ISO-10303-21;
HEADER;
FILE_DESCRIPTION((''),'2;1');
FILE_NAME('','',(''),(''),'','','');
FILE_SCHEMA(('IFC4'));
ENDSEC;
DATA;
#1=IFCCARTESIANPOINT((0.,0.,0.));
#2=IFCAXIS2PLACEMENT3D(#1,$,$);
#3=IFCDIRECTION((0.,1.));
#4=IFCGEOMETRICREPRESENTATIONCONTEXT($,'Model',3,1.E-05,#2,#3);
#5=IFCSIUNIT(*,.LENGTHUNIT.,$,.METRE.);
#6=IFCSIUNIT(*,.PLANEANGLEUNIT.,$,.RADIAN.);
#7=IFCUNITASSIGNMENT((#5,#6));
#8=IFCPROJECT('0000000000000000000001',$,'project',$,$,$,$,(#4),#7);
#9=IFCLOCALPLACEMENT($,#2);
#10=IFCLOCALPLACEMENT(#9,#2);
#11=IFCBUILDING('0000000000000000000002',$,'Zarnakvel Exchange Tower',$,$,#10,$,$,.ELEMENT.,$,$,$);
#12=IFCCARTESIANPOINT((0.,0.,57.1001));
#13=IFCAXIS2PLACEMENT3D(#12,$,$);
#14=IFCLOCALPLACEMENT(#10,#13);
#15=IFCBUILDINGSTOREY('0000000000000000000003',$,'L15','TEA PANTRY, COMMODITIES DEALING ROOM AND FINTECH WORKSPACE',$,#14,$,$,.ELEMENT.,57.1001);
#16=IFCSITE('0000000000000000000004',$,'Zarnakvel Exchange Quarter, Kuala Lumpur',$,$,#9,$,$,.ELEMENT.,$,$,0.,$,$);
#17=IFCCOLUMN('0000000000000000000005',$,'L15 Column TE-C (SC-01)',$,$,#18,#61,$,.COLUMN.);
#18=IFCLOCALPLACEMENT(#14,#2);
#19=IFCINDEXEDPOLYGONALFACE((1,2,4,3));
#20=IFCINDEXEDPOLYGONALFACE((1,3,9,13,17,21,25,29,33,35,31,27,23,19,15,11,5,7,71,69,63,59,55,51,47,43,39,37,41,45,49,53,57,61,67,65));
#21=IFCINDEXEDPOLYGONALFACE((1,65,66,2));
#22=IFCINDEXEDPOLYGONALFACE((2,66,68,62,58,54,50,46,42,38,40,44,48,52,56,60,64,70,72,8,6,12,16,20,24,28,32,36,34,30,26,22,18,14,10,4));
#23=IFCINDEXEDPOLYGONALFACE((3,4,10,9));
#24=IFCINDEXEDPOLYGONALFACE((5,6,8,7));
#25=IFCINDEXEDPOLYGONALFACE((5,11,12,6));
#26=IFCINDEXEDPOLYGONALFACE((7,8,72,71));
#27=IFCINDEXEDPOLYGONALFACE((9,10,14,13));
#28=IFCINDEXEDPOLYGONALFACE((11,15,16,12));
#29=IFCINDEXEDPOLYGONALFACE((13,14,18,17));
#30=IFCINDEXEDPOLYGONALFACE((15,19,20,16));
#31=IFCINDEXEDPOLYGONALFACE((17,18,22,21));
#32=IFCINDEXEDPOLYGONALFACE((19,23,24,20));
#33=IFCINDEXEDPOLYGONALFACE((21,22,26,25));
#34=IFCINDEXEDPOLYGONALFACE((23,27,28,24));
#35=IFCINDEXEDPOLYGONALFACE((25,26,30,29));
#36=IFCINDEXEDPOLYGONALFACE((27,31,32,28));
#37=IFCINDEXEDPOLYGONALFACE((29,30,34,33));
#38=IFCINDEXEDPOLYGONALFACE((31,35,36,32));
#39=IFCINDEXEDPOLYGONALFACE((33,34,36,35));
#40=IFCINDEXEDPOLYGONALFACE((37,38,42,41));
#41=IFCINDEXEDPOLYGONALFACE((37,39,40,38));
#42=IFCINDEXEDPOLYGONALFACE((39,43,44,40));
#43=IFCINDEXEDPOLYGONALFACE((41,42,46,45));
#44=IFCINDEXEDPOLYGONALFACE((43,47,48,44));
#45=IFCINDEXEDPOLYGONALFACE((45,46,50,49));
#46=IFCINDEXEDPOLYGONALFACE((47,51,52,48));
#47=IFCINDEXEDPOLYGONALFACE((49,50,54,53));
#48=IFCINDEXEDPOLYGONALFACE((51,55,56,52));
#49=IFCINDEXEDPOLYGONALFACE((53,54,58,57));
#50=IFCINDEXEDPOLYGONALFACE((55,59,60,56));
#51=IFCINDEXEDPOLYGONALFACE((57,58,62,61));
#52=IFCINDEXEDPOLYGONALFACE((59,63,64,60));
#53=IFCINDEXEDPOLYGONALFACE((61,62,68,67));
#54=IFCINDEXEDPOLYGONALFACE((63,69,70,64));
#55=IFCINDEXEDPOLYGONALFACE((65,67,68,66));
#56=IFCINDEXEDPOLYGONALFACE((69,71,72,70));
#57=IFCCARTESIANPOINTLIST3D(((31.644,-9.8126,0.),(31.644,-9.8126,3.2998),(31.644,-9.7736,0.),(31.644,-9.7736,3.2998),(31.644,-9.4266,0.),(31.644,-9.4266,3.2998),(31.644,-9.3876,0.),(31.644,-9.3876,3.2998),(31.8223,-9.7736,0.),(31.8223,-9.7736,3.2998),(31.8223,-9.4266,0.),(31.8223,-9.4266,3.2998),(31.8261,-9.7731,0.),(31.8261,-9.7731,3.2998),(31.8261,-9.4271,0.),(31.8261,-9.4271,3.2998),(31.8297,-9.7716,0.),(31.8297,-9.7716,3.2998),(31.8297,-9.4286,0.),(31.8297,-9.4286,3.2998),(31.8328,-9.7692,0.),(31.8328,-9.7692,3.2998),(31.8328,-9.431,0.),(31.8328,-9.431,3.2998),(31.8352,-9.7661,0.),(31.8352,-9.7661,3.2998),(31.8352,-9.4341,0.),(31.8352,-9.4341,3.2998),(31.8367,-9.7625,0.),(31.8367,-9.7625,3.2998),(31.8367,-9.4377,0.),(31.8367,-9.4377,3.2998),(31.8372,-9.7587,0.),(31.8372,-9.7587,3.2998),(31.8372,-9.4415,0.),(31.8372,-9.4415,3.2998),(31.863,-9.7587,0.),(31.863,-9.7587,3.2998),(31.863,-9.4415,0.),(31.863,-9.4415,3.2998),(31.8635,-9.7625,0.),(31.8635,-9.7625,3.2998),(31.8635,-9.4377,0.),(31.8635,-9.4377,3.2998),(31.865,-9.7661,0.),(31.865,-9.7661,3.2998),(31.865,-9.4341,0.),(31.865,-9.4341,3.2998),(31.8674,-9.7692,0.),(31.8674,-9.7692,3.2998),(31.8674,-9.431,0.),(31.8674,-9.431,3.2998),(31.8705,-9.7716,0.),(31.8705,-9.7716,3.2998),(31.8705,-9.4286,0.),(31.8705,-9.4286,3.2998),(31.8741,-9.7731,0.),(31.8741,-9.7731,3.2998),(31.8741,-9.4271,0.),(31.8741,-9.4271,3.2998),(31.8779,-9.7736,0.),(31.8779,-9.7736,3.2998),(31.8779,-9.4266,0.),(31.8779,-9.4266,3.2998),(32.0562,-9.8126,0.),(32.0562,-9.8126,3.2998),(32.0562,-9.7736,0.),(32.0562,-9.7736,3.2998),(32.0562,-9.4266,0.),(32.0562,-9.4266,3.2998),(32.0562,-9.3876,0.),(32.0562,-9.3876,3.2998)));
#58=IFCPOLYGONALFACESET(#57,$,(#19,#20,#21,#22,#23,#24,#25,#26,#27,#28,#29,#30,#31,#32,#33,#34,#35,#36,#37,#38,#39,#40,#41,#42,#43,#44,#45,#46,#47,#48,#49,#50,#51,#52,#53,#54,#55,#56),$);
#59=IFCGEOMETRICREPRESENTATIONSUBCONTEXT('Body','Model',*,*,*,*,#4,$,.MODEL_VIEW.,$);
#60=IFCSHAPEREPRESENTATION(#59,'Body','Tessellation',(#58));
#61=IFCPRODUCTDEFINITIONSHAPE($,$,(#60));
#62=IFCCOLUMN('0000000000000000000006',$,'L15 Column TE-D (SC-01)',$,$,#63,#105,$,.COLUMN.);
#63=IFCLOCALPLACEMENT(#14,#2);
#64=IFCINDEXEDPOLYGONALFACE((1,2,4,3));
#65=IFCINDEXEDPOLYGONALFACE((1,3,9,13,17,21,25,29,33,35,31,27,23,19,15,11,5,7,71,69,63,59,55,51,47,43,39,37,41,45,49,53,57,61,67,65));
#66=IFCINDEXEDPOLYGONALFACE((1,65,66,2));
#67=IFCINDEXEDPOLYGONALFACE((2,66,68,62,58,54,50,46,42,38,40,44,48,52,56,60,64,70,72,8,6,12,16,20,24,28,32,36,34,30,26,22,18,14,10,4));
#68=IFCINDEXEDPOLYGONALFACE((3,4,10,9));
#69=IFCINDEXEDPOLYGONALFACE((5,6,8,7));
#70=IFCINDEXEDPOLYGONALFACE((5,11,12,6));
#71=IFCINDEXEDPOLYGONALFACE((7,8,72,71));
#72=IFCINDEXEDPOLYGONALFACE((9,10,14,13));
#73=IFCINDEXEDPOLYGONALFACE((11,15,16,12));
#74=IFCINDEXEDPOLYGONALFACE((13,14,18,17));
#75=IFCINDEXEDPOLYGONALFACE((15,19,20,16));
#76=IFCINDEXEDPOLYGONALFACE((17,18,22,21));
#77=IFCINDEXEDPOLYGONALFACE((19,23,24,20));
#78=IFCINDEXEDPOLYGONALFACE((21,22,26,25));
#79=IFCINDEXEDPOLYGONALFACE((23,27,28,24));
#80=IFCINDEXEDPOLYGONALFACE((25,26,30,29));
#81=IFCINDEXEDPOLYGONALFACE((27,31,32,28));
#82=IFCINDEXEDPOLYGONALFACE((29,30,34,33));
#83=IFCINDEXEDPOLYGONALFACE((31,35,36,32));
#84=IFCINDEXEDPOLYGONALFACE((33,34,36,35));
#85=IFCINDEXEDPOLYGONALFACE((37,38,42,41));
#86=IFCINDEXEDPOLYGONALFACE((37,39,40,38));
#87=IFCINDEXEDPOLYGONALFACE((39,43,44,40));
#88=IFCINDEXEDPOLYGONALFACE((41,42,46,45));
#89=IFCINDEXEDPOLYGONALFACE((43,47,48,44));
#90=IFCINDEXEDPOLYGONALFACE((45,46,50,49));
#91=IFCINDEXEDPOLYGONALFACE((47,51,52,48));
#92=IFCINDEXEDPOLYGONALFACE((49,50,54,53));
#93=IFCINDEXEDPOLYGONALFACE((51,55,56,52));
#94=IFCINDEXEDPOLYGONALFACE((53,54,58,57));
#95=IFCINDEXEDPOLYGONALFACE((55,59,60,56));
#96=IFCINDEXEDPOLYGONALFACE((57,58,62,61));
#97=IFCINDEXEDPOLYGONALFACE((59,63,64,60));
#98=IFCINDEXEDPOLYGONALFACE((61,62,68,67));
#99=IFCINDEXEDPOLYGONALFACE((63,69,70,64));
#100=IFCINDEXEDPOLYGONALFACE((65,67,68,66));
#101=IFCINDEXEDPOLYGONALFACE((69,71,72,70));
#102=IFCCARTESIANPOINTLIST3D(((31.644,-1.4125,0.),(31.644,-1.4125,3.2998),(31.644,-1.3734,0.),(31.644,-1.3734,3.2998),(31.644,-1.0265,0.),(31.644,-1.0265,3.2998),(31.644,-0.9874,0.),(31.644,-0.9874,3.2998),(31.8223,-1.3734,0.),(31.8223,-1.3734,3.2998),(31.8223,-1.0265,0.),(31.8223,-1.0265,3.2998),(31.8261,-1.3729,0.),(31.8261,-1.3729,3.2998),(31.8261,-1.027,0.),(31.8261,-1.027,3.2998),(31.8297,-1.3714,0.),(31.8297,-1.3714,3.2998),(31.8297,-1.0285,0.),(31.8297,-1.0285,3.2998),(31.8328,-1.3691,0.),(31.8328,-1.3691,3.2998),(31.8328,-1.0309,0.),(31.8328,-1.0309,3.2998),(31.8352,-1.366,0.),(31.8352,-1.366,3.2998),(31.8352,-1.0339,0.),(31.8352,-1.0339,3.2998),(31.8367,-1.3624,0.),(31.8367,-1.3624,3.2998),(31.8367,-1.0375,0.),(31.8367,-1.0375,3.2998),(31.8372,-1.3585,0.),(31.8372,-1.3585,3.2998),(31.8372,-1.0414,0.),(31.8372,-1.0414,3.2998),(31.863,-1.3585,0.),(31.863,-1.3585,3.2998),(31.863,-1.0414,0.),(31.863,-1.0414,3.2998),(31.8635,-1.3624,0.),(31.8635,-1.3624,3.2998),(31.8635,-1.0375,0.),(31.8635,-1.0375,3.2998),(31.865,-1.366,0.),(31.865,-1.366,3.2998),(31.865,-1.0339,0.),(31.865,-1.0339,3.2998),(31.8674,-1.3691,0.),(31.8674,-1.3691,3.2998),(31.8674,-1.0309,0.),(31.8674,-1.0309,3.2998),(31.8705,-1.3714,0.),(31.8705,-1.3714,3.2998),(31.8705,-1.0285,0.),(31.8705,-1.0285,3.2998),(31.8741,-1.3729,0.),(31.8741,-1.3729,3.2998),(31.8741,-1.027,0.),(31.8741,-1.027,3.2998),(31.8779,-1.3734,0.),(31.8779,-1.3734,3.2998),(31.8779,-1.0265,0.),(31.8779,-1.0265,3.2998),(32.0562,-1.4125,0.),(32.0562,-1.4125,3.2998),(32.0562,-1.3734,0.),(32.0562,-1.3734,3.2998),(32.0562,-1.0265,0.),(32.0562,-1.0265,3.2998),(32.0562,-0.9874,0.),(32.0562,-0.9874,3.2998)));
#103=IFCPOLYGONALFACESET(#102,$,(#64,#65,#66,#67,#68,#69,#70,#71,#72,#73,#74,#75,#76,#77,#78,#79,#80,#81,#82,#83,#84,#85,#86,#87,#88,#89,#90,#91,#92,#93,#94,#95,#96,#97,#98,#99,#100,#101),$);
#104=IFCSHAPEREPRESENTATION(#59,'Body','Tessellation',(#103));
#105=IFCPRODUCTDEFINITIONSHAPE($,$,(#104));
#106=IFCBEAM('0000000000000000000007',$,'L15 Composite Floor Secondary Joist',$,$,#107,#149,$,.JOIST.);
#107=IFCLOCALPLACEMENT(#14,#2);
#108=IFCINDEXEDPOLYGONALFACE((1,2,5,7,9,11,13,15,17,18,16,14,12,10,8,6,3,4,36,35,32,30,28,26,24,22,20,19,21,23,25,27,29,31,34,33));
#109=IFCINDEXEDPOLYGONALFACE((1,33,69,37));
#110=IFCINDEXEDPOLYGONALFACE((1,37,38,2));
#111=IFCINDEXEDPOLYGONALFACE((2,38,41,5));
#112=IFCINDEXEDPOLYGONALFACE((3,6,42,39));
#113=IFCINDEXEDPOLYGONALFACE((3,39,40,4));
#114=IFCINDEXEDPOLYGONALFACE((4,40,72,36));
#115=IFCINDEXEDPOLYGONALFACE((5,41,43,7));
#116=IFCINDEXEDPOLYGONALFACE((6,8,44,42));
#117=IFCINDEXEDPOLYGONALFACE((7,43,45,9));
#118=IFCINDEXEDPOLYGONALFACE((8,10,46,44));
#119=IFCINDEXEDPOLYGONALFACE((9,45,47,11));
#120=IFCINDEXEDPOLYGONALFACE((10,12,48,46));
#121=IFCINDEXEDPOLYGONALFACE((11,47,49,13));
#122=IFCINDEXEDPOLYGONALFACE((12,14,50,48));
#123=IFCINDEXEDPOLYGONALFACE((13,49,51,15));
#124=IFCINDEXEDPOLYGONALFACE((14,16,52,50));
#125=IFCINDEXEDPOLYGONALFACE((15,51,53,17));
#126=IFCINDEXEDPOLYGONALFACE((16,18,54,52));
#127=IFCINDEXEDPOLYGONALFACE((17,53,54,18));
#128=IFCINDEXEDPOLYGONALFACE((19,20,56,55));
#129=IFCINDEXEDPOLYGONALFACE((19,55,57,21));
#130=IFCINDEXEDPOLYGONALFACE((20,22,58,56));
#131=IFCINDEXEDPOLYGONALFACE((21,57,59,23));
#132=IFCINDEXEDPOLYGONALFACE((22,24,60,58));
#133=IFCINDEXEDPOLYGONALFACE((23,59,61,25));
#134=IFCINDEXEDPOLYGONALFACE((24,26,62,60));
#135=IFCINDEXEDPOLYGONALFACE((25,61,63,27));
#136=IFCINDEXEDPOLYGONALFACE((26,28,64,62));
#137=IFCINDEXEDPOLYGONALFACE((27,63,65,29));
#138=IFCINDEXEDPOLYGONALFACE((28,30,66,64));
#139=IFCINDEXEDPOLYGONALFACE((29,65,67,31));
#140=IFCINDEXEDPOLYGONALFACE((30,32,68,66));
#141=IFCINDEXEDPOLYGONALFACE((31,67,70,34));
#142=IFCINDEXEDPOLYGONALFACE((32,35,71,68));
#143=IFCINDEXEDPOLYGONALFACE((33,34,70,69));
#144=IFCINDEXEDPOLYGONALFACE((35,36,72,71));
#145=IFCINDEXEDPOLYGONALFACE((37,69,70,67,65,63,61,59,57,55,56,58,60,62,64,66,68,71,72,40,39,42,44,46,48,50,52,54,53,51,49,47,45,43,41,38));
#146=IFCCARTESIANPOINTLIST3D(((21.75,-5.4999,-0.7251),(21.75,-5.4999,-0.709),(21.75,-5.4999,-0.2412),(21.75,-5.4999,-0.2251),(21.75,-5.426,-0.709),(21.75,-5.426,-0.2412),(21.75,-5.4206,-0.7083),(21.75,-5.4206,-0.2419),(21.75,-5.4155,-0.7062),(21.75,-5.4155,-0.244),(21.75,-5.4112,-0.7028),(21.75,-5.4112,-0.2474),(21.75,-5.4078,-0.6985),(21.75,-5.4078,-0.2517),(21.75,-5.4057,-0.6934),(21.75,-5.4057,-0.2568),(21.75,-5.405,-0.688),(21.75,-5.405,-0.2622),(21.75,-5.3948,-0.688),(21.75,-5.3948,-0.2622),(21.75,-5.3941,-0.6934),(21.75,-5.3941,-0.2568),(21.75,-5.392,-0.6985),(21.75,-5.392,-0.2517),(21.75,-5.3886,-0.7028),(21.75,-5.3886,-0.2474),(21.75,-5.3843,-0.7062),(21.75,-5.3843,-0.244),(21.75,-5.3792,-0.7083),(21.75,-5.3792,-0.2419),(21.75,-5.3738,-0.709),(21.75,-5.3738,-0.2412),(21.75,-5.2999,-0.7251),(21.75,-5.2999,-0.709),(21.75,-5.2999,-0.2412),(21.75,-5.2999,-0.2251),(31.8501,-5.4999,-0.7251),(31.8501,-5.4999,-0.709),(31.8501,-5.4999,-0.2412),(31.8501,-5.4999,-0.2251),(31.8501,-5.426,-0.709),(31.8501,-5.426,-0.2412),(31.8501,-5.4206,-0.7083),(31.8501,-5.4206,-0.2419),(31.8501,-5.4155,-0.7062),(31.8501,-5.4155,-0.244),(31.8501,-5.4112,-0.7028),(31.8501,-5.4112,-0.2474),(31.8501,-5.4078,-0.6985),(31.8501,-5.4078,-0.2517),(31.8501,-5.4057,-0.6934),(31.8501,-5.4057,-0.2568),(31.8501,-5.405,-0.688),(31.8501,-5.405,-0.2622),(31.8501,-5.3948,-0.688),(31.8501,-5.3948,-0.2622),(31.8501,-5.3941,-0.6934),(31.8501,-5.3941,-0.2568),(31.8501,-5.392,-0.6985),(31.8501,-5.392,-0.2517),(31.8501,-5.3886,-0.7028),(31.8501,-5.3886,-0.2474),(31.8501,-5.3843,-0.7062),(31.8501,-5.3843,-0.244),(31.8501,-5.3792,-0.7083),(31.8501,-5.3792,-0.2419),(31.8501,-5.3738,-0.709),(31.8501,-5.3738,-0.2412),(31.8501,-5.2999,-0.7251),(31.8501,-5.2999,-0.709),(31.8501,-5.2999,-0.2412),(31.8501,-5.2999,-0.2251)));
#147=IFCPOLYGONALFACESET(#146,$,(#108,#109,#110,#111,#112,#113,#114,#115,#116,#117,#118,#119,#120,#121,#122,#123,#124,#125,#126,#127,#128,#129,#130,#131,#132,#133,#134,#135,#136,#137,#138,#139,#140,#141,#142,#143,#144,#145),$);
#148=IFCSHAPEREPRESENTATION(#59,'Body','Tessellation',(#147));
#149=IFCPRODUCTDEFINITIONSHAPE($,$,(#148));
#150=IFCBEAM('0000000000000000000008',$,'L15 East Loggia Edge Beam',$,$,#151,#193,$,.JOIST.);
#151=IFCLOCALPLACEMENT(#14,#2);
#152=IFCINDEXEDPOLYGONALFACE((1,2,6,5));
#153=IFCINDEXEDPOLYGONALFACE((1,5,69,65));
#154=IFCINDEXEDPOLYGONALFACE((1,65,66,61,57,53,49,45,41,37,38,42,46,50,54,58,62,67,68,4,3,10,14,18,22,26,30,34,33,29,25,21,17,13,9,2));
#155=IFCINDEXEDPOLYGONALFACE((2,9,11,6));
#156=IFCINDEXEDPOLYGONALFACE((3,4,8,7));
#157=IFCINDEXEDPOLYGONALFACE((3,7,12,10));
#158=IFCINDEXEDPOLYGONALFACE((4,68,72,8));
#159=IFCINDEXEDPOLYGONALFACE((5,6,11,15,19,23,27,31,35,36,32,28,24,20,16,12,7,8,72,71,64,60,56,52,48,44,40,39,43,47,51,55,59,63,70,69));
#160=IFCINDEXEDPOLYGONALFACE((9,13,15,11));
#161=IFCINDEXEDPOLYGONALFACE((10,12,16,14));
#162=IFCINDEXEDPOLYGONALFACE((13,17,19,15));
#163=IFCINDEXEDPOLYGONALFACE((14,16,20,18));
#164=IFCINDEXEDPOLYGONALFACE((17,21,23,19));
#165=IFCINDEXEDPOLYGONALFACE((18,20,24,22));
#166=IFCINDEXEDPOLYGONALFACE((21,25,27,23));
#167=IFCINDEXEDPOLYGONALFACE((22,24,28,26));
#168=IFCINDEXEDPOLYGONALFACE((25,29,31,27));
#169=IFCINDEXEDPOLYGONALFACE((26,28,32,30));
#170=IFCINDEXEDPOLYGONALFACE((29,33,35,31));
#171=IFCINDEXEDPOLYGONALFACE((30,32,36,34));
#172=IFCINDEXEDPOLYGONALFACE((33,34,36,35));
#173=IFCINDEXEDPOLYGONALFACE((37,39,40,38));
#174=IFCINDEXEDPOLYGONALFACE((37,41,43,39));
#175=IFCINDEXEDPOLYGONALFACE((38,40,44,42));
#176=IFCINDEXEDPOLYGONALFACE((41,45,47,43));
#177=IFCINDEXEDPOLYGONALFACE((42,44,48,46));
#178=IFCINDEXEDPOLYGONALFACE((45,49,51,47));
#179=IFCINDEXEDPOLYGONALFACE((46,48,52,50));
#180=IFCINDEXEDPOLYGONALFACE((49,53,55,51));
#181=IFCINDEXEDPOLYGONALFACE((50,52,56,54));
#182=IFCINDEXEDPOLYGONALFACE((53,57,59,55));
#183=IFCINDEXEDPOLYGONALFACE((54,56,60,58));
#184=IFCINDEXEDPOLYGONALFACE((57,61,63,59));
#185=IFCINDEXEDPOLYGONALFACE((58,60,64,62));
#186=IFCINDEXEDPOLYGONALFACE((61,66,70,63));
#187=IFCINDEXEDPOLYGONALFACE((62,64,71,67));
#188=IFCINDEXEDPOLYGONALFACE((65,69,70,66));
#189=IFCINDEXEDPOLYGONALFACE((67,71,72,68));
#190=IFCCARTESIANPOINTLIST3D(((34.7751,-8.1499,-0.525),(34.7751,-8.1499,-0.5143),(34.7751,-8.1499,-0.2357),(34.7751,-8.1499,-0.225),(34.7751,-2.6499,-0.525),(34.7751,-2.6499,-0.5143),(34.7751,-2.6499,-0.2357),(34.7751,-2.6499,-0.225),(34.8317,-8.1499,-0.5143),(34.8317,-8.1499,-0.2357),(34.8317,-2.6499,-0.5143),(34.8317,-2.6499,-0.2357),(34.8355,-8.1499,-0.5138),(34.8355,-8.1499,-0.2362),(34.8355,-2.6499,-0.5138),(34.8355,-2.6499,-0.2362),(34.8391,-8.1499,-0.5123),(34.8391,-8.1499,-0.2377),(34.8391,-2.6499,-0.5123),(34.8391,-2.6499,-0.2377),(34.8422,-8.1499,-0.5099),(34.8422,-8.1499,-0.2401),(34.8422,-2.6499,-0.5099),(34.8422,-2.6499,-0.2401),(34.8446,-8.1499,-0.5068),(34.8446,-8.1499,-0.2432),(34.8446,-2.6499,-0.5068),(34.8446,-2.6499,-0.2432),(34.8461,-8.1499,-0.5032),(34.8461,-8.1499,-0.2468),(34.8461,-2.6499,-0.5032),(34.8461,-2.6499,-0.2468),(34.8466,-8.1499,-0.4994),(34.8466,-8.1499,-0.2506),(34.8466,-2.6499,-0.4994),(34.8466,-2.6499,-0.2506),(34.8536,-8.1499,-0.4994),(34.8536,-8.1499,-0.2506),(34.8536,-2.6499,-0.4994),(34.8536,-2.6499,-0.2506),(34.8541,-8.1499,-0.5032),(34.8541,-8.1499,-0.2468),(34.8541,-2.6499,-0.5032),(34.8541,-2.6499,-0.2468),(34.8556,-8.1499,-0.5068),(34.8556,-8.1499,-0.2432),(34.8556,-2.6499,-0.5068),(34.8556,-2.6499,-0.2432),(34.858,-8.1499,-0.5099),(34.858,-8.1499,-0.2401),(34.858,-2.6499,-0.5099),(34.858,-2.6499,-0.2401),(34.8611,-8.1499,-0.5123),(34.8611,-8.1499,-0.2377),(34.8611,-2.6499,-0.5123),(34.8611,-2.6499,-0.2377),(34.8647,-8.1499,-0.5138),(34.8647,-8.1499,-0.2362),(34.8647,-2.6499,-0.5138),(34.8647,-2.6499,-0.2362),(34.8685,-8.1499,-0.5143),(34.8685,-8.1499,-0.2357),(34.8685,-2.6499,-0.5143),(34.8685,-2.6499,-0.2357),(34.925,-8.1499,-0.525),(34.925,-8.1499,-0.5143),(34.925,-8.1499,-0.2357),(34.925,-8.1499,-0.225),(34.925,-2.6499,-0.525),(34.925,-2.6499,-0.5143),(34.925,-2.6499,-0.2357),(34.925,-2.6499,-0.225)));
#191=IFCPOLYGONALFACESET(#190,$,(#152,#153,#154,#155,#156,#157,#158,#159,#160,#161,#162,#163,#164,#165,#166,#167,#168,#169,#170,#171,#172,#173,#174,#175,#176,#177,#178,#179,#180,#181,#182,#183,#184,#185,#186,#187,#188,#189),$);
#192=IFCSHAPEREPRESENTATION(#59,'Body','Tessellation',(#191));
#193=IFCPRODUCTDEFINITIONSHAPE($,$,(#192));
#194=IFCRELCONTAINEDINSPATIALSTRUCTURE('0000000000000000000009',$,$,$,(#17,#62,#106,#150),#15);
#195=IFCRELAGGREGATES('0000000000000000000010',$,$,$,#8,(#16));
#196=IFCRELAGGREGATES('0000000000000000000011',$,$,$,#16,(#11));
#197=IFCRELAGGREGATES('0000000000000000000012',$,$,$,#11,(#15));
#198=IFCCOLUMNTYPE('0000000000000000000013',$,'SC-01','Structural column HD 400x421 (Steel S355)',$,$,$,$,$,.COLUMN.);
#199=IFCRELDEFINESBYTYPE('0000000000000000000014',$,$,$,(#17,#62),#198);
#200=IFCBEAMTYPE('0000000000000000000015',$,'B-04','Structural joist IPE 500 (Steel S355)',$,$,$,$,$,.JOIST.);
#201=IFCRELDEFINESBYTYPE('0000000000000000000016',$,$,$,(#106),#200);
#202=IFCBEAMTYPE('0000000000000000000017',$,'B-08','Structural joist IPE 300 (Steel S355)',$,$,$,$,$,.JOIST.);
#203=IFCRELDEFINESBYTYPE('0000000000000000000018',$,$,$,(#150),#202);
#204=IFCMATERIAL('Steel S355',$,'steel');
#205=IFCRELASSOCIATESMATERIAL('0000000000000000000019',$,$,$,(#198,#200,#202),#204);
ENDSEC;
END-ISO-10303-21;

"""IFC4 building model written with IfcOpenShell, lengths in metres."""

from ifc_helpers import new_model, si_unit, direction, frame, origin, origin_2d, place, context, subcontext, project, spatial, i_section, extrude, material, material_profile, profile_set, type_object, element, save


model = new_model("IFC4")

# Units and contexts
model_context = context("Model", 3, precision=1e-05, world=origin(), true_north=direction((0.0, 1.0)))
body_context = subcontext(model_context, "Body", "Model", "MODEL_VIEW")
ifc_project = project(units=[si_unit("LENGTHUNIT", "METRE"), si_unit("PLANEANGLEUNIT", "RADIAN")], contexts=[model_context])

# Site, building, storey
site_placement = place(None, origin())
site = spatial("IfcSite", under=ifc_project, at=site_placement, Name="Zarnakvel Exchange Quarter, Kuala Lumpur", CompositionType="ELEMENT", RefElevation=0.0)
building_placement = place(site_placement, origin())
building = spatial("IfcBuilding", under=site, at=building_placement, Name="Zarnakvel Exchange Tower", CompositionType="ELEMENT")
storey_placement = place(building_placement, frame((0.0, 0.0, 57.1001)))
storey = spatial("IfcBuildingStorey", under=building, at=storey_placement, Name="L15", Description="TEA PANTRY, COMMODITIES DEALING ROOM AND FINTECH WORKSPACE", CompositionType="ELEMENT", Elevation=57.1001)

# Columns
ifc_material_1 = material(Name="Steel S355", Category="steel")
ifc_material_profile_1 = material_profile(ifc_material_1, i_section(OverallWidth=0.4121, OverallDepth=0.425, WebThickness=0.0259, FlangeThickness=0.0391, FilletRadius=0.0149, at=origin_2d()))
ifc_profile_set_1 = profile_set([ifc_material_profile_1], Name="Steel S355")
column_type = type_object("IfcColumnType", Name="SC-01", Description="Structural column HD 400x421 (Steel S355)", PredefinedType="COLUMN", material=ifc_profile_set_1)
for number, where, z_axis, x_axis, name in (
    (1, (31.8501, -9.6001, 0.0), (0.0, 0.0, 1.0), (1.0, 0.0, 0.0), "L15 Column TE-C (SC-01)"),
    (2, (31.8501, -1.2, 0.0), (0.0, 0.0, 1.0), (1.0, 0.0, 0.0), "L15 Column TE-D (SC-01)"),
):
    element("IfcColumn", number, at=place(storey_placement, frame(where, z_axis=z_axis, x_axis=x_axis)), inside=storey, type_object=column_type, Name=name, PredefinedType="COLUMN", context=body_context, shape_type="SweptSolid", body=[
        extrude(i_section(OverallWidth=0.4121, OverallDepth=0.425, WebThickness=0.0259, FlangeThickness=0.0391, FilletRadius=0.0149, at=origin_2d()), origin(), (0.0, 0.0, 1.0), 3.2998),
    ])

# Beams
ifc_material_profile_2 = material_profile(ifc_material_1, i_section(OverallWidth=0.2, OverallDepth=0.5, WebThickness=0.0103, FlangeThickness=0.0161, FilletRadius=0.021, at=origin_2d()))
ifc_profile_set_2 = profile_set([ifc_material_profile_2], Name="Steel S355")
beam_type_1 = type_object("IfcBeamType", Name="B-04", Description="Structural joist IPE 500 (Steel S355)", PredefinedType="JOIST", material=ifc_profile_set_2)
beam_1_placement = place(storey_placement, frame((21.75, -5.3999, -0.4751), z_axis=(1.0, 0.0, 0.0), x_axis=(0.0, 1.0, 0.0)))
element("IfcBeam", 3, at=beam_1_placement, inside=storey, type_object=beam_type_1, Name="L15 Composite Floor Secondary Joist", PredefinedType="JOIST", context=body_context, shape_type="SweptSolid", body=[
    extrude(i_section(OverallWidth=0.2, OverallDepth=0.5, WebThickness=0.0103, FlangeThickness=0.0161, FilletRadius=0.021, at=origin_2d()), origin(), (0.0, 0.0, 1.0), 10.1001),
])
ifc_material_profile_3 = material_profile(ifc_material_1, i_section(OverallWidth=0.1499, OverallDepth=0.3, WebThickness=0.0071, FlangeThickness=0.0107, FilletRadius=0.0149, at=origin_2d()))
ifc_profile_set_3 = profile_set([ifc_material_profile_3], Name="Steel S355")
beam_type_2 = type_object("IfcBeamType", Name="B-08", Description="Structural joist IPE 300 (Steel S355)", PredefinedType="JOIST", material=ifc_profile_set_3)
beam_2_placement = place(storey_placement, frame((34.8501, -8.1499, -0.375), z_axis=(0.0, 1.0, 0.0), x_axis=(-1.0, 0.0, 0.0)))
element("IfcBeam", 4, at=beam_2_placement, inside=storey, type_object=beam_type_2, Name="L15 East Loggia Edge Beam", PredefinedType="JOIST", context=body_context, shape_type="SweptSolid", body=[
    extrude(i_section(OverallWidth=0.1499, OverallDepth=0.3, WebThickness=0.0071, FlangeThickness=0.0107, FilletRadius=0.0149, at=origin_2d()), origin(), (0.0, 0.0, 1.0), 5.5),
])

save(model, "model.ifc")
